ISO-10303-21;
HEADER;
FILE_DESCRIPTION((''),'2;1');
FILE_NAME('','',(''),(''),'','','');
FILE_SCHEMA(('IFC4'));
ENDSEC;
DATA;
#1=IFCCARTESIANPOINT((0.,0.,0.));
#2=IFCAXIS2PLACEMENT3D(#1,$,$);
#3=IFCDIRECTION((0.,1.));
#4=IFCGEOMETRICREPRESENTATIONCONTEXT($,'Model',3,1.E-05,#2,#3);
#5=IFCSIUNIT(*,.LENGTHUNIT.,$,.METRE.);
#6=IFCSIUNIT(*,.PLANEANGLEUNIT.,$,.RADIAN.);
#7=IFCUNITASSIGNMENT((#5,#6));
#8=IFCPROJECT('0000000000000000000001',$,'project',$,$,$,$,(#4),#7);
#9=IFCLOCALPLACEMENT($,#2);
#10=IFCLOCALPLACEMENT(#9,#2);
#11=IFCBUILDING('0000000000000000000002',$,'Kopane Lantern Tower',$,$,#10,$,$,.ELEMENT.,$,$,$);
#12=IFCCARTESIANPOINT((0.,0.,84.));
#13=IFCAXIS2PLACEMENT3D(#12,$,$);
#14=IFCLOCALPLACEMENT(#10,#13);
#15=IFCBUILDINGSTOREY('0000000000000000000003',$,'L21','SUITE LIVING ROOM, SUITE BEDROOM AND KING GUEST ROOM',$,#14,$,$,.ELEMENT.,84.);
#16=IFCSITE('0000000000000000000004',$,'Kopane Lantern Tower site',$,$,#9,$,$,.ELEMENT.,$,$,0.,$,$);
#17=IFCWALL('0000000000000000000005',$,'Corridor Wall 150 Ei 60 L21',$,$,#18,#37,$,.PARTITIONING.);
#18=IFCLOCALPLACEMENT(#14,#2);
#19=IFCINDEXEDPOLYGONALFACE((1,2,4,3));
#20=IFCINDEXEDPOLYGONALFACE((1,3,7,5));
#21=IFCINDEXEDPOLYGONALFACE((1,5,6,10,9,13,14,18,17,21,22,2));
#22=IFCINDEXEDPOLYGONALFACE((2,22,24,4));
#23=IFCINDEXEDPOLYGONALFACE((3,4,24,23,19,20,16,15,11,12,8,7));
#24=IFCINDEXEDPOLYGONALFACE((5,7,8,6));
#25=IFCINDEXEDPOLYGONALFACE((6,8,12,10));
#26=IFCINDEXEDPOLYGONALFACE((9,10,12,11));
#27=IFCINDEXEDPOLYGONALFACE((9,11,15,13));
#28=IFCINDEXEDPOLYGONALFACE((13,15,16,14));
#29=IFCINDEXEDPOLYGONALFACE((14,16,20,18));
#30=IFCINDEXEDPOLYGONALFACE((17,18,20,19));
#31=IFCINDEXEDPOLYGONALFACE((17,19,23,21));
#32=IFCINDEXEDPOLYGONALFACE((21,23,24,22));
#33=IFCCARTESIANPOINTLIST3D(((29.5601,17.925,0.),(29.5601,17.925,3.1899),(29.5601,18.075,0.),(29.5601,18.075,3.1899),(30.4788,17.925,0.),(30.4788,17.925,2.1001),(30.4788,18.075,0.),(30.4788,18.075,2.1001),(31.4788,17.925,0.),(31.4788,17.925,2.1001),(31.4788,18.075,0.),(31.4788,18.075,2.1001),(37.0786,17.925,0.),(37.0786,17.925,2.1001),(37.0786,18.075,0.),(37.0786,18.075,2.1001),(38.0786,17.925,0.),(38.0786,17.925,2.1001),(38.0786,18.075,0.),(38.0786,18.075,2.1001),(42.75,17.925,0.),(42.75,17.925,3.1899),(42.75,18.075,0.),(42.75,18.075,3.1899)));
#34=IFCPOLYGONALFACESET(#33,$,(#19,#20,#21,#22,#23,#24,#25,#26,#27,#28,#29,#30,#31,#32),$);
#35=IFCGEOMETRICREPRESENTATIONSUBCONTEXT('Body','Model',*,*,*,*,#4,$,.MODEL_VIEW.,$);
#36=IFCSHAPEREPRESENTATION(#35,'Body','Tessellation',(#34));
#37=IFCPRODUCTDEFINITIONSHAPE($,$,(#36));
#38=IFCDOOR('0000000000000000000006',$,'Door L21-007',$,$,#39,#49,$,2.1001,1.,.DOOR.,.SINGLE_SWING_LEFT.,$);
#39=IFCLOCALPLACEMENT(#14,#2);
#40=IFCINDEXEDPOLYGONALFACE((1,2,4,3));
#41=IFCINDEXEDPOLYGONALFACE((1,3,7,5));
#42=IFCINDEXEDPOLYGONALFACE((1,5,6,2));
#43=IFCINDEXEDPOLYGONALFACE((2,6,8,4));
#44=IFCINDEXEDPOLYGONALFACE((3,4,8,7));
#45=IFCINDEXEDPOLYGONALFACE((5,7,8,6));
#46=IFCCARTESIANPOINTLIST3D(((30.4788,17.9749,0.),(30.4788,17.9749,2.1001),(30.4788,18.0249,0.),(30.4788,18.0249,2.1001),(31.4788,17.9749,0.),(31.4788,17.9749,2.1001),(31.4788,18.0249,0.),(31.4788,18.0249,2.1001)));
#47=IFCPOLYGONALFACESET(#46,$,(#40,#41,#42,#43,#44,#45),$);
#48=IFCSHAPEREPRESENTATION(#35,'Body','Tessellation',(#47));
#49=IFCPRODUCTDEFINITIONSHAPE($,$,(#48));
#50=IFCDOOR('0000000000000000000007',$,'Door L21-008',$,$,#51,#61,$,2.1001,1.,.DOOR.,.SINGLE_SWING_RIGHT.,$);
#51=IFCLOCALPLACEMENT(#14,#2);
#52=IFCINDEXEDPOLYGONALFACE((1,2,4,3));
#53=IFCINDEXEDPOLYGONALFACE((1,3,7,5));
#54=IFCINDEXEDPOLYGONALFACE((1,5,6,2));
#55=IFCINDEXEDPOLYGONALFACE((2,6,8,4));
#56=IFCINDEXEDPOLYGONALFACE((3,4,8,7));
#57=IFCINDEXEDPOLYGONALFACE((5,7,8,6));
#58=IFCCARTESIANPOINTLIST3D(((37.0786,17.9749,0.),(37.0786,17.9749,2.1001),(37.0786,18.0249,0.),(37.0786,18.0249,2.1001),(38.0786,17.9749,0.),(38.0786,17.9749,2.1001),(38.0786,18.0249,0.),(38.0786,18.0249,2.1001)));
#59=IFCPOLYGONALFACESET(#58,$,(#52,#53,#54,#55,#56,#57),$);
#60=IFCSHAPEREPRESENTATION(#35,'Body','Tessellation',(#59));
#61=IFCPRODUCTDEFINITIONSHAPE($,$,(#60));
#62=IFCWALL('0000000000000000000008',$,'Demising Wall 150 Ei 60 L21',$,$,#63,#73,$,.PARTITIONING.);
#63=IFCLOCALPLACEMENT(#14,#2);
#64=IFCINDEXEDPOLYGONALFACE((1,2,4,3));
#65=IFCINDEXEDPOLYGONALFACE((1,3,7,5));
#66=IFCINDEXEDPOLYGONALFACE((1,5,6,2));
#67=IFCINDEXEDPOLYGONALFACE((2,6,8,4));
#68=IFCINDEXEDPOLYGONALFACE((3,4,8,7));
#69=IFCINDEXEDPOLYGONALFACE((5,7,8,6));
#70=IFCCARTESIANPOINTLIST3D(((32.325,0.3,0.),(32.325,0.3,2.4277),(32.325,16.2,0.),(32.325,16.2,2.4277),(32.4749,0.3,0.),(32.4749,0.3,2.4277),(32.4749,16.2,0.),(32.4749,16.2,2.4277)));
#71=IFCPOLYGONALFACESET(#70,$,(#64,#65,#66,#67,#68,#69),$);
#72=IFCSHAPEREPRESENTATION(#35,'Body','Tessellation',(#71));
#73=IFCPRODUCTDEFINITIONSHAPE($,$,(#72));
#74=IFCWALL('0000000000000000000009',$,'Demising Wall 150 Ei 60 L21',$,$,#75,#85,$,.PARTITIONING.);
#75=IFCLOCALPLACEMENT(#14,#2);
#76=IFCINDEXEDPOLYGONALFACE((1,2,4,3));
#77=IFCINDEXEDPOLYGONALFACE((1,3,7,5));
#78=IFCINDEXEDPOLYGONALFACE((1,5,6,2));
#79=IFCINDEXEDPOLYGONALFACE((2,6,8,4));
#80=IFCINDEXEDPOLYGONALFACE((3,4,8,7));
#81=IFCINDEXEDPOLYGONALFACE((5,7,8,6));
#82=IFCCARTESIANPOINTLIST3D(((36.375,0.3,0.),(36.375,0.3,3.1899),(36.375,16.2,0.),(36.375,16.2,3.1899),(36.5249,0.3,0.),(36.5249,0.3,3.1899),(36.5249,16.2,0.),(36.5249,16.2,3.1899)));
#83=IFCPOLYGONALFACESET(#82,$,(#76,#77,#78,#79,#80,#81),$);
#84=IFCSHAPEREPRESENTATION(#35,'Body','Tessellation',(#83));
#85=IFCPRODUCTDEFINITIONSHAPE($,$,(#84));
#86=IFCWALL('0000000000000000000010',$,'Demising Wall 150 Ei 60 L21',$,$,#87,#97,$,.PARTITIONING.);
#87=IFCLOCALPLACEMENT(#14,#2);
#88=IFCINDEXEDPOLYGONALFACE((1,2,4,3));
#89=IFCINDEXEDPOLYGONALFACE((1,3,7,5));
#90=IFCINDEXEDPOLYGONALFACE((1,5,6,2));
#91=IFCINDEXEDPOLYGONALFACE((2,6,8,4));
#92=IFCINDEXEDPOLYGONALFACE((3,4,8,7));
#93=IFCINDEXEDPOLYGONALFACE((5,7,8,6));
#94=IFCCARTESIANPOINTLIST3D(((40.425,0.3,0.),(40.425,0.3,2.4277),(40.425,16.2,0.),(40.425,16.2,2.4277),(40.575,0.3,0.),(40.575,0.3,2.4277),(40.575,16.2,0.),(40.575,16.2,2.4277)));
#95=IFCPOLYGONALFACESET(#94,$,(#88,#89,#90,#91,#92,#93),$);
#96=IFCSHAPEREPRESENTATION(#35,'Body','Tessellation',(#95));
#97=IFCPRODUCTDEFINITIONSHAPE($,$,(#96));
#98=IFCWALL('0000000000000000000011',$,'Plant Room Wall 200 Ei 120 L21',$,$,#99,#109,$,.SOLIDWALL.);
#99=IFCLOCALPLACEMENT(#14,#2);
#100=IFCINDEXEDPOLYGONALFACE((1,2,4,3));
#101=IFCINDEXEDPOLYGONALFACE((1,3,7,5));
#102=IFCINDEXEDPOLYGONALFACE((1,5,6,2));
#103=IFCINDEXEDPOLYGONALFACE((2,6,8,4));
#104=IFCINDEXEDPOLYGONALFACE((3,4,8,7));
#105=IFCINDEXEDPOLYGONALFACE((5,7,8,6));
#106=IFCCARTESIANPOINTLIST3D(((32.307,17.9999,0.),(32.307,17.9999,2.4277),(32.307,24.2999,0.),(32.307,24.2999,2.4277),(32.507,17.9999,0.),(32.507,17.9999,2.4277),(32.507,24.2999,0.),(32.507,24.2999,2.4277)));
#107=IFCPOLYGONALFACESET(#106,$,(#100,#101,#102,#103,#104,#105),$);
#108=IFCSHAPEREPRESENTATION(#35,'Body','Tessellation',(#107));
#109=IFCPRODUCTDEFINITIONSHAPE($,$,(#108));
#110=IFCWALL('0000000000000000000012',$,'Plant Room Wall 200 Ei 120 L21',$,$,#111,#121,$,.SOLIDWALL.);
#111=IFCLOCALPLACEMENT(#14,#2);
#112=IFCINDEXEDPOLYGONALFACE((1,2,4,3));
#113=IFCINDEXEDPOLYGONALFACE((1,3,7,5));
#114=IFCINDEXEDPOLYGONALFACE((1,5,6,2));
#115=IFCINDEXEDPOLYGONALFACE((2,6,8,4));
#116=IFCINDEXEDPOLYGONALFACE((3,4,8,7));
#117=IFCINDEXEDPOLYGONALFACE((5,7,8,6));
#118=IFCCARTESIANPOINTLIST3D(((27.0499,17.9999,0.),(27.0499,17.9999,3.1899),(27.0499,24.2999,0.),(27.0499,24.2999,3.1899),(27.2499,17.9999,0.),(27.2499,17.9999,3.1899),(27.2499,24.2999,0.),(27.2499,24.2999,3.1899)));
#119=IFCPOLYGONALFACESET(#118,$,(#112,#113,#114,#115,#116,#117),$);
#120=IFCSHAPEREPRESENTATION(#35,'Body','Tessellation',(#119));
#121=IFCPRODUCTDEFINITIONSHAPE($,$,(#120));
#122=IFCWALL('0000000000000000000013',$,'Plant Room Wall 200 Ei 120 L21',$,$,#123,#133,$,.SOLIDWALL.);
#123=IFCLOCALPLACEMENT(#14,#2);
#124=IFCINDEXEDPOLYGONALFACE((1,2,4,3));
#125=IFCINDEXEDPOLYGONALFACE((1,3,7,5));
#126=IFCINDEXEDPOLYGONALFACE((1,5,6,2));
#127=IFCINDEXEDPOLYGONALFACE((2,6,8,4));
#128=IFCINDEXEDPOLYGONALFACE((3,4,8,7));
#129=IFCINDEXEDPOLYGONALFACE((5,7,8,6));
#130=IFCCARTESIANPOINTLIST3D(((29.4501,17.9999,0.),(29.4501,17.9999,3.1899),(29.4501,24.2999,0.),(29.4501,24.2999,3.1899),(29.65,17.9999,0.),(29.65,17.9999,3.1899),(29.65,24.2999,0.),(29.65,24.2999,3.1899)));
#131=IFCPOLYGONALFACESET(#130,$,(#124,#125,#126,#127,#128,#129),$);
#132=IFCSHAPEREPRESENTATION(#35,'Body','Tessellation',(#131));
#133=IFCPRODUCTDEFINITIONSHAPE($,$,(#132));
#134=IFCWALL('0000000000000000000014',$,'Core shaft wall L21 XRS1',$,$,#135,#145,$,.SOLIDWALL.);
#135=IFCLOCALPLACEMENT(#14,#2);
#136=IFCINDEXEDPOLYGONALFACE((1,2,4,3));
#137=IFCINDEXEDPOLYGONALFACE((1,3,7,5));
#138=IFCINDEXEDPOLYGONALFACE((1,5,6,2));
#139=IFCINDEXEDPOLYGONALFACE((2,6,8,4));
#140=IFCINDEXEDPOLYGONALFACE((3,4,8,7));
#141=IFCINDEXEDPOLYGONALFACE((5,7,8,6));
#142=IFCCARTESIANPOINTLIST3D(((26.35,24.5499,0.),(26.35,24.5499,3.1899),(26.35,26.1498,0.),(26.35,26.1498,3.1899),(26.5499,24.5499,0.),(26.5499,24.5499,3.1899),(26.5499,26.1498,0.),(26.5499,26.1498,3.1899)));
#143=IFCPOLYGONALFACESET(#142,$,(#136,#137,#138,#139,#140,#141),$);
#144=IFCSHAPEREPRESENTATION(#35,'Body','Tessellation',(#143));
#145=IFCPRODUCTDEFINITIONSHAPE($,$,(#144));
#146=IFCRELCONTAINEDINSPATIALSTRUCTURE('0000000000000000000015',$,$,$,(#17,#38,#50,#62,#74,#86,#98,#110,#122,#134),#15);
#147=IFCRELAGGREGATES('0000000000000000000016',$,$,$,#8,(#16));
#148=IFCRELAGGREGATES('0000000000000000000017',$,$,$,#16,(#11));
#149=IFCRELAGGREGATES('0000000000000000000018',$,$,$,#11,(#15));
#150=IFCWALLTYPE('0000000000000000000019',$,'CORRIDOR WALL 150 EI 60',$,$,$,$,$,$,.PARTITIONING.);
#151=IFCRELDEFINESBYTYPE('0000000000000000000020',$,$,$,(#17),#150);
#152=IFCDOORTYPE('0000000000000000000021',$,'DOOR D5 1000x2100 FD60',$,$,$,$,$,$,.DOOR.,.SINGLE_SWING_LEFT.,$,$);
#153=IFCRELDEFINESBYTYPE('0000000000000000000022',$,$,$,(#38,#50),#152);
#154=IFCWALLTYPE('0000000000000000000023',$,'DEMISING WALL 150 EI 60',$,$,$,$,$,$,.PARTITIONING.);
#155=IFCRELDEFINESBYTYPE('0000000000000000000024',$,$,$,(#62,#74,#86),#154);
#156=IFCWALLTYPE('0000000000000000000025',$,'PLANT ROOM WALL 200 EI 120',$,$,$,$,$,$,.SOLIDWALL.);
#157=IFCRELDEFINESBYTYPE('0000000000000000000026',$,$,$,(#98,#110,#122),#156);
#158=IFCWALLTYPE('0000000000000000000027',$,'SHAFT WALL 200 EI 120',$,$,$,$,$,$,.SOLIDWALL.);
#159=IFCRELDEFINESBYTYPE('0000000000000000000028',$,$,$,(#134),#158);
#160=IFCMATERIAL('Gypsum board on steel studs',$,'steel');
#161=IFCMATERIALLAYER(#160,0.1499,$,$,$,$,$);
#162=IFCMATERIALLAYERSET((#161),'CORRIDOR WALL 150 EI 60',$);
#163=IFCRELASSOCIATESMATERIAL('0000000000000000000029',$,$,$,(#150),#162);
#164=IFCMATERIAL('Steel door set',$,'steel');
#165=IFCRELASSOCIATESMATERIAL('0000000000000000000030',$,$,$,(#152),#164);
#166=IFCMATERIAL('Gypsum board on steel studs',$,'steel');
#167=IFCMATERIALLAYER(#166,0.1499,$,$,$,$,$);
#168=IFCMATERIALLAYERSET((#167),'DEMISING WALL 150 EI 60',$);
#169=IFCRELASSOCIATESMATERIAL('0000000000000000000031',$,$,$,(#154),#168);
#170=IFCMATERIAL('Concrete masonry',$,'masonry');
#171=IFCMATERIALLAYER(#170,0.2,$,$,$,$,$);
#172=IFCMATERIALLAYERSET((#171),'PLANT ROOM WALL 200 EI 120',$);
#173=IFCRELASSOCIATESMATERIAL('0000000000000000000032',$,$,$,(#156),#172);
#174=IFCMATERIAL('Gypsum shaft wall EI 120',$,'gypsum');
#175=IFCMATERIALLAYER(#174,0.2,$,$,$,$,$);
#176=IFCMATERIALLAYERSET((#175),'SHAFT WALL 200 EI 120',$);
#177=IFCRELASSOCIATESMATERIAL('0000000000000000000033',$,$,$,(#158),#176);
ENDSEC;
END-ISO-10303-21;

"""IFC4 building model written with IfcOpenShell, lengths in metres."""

from ifc_helpers import new_model, si_unit, direction, frame, frame_2d, origin, place, context, subcontext, project, spatial, rectangle, extrude, material, layer, layer_set, type_object, element, fill, save


model = new_model("IFC4")

# Units and contexts
model_context = context("Model", 3, precision=1e-05, world=origin(), true_north=direction((0.0, 1.0)))
body_context = subcontext(model_context, "Body", "Model", "MODEL_VIEW")
ifc_project = project(units=[si_unit("LENGTHUNIT", "METRE"), si_unit("PLANEANGLEUNIT", "RADIAN")], contexts=[model_context])

# Site, building, storey
site_placement = place(None, origin())
site = spatial("IfcSite", under=ifc_project, at=site_placement, Name="Kopane Lantern Tower site", CompositionType="ELEMENT", RefElevation=0.0)
building_placement = place(site_placement, origin())
building = spatial("IfcBuilding", under=site, at=building_placement, Name="Kopane Lantern Tower", CompositionType="ELEMENT")
storey_placement = place(building_placement, frame((0.0, 0.0, 84.0)))
storey = spatial("IfcBuildingStorey", under=building, at=storey_placement, Name="L21", Description="SUITE LIVING ROOM, SUITE BEDROOM AND KING GUEST ROOM", CompositionType="ELEMENT", Elevation=84.0)

# Wall, openings, doors
ifc_material_1 = material(Name="Gypsum board on steel studs", Category="steel")
ifc_layer_1 = layer(ifc_material_1, 0.1499)
ifc_layer_set_1 = layer_set([ifc_layer_1], Name="CORRIDOR WALL 150 EI 60")
wall_type_1 = type_object("IfcWallType", Name="CORRIDOR WALL 150 EI 60", PredefinedType="PARTITIONING", material=ifc_layer_set_1)
wall_1_placement = place(storey_placement, frame((29.5601, 18.0, 0.0), z_axis=(0.0, 0.0, 1.0), x_axis=(1.0, 0.0, 0.0)))
wall_1 = element("IfcWall", 1, at=wall_1_placement, inside=storey, type_object=wall_type_1, Name="Corridor Wall 150 Ei 60 L21", PredefinedType="PARTITIONING", context=body_context, shape_type="SweptSolid", body=[
    extrude(rectangle(XDim=13.1899, YDim=0.1499, at=frame_2d((6.595, 0.0))), origin(), (0.0, 0.0, 1.0), 3.1899),
])
opening_1_placement = place(wall_1_placement, frame((0.9187, 0.0, 0.0)))
opening_1 = element("IfcOpeningElement", 2, at=opening_1_placement, cuts=wall_1, PredefinedType="OPENING", context=body_context, shape_type="SweptSolid", body=[
    extrude(rectangle(XDim=1.0, YDim=2.1001, at=frame_2d((0.5, 1.05))), frame((0.0, 0.085, 0.0), z_axis=(0.0, -1.0, 0.0), x_axis=(1.0, 0.0, 0.0)), (0.0, 0.0, 1.0), 0.1699),
])
opening_2_placement = place(wall_1_placement, frame((7.5186, 0.0, 0.0)))
opening_2 = element("IfcOpeningElement", 3, at=opening_2_placement, cuts=wall_1, PredefinedType="OPENING", context=body_context, shape_type="SweptSolid", body=[
    extrude(rectangle(XDim=1.0, YDim=2.1001, at=frame_2d((0.5, 1.05))), frame((0.0, 0.085, 0.0), z_axis=(0.0, -1.0, 0.0), x_axis=(1.0, 0.0, 0.0)), (0.0, 0.0, 1.0), 0.1699),
])
ifc_material_2 = material(Name="Steel door set", Category="steel")
door_type_1 = type_object("IfcDoorType", Name="DOOR D5 1000x2100 FD60", OperationType="SINGLE_SWING_LEFT", PredefinedType="DOOR", material=ifc_material_2)
door_1_placement = place(opening_1_placement, origin())
door_1 = element("IfcDoor", 4, at=door_1_placement, inside=storey, type_object=door_type_1, Name="Door L21-007", OperationType="SINGLE_SWING_LEFT", OverallHeight=2.1001, OverallWidth=1.0, PredefinedType="DOOR", context=body_context, shape_type="SweptSolid", body=[
    extrude(rectangle(XDim=1.0, YDim=2.1001, at=frame_2d((0.5, 1.05))), frame((0.0, 0.0249, 0.0), z_axis=(0.0, -1.0, 0.0), x_axis=(1.0, 0.0, 0.0)), (0.0, 0.0, 1.0), 0.05),
])
fill(opening_1, door_1)
door_2_placement = place(opening_2_placement, origin())
door_2 = element("IfcDoor", 5, at=door_2_placement, inside=storey, type_object=door_type_1, Name="Door L21-008", OperationType="SINGLE_SWING_RIGHT", OverallHeight=2.1001, OverallWidth=1.0, PredefinedType="DOOR", context=body_context, shape_type="SweptSolid", body=[
    extrude(rectangle(XDim=1.0, YDim=2.1001, at=frame_2d((0.5, 1.05))), frame((0.0, 0.0249, 0.0), z_axis=(0.0, -1.0, 0.0), x_axis=(1.0, 0.0, 0.0)), (0.0, 0.0, 1.0), 0.05),
])
fill(opening_2, door_2)

# Walls
ifc_material_3 = material(Name="Gypsum board on steel studs", Category="steel")
ifc_layer_2 = layer(ifc_material_3, 0.1499)
ifc_layer_set_2 = layer_set([ifc_layer_2], Name="DEMISING WALL 150 EI 60")
wall_type_2 = type_object("IfcWallType", Name="DEMISING WALL 150 EI 60", PredefinedType="PARTITIONING", material=ifc_layer_set_2)
wall_2_placement = place(storey_placement, frame((32.3999, 16.2, 0.0), z_axis=(0.0, 0.0, 1.0), x_axis=(0.0, -1.0, 0.0)))
element("IfcWall", 6, at=wall_2_placement, inside=storey, type_object=wall_type_2, Name="Demising Wall 150 Ei 60 L21", PredefinedType="PARTITIONING", context=body_context, shape_type="SweptSolid", body=[
    extrude(rectangle(XDim=15.8999, YDim=0.1499, at=frame_2d((7.95, 0.0))), origin(), (0.0, 0.0, 1.0), 2.4277),
])
wall_3_placement = place(storey_placement, frame((36.45, 16.2, 0.0), z_axis=(0.0, 0.0, 1.0), x_axis=(0.0, -1.0, 0.0)))
element("IfcWall", 7, at=wall_3_placement, inside=storey, type_object=wall_type_2, Name="Demising Wall 150 Ei 60 L21", PredefinedType="PARTITIONING", context=body_context, shape_type="SweptSolid", body=[
    extrude(rectangle(XDim=15.8999, YDim=0.1499, at=frame_2d((7.95, 0.0))), origin(), (0.0, 0.0, 1.0), 3.1899),
])
wall_4_placement = place(storey_placement, frame((40.5, 16.2, 0.0), z_axis=(0.0, 0.0, 1.0), x_axis=(0.0, -1.0, 0.0)))
element("IfcWall", 8, at=wall_4_placement, inside=storey, type_object=wall_type_2, Name="Demising Wall 150 Ei 60 L21", PredefinedType="PARTITIONING", context=body_context, shape_type="SweptSolid", body=[
    extrude(rectangle(XDim=15.8999, YDim=0.1499, at=frame_2d((7.95, 0.0))), origin(), (0.0, 0.0, 1.0), 2.4277),
])
ifc_material_4 = material(Name="Concrete masonry", Category="masonry")
ifc_layer_3 = layer(ifc_material_4, 0.2)
ifc_layer_set_3 = layer_set([ifc_layer_3], Name="PLANT ROOM WALL 200 EI 120")
wall_type_3 = type_object("IfcWallType", Name="PLANT ROOM WALL 200 EI 120", PredefinedType="SOLIDWALL", material=ifc_layer_set_3)
wall_5_placement = place(storey_placement, frame((32.407, 18.0, 0.0), z_axis=(0.0, 0.0, 1.0), x_axis=(0.0, 1.0, 0.0)))
element("IfcWall", 9, at=wall_5_placement, inside=storey, type_object=wall_type_3, Name="Plant Room Wall 200 Ei 120 L21", PredefinedType="SOLIDWALL", context=body_context, shape_type="SweptSolid", body=[
    extrude(rectangle(XDim=6.3, YDim=0.2, at=frame_2d((3.1499, 0.0))), origin(), (0.0, 0.0, 1.0), 2.4277),
])
for number, where, z_axis, x_axis, name in (
    (10, (27.1499, 18.0, 0.0), (0.0, 0.0, 1.0), (0.0, 1.0, 0.0), "Plant Room Wall 200 Ei 120 L21"),
    (11, (29.55, 18.0, 0.0), (0.0, 0.0, 1.0), (0.0, 1.0, 0.0), "Plant Room Wall 200 Ei 120 L21"),
):
    element("IfcWall", number, at=place(storey_placement, frame(where, z_axis=z_axis, x_axis=x_axis)), inside=storey, type_object=wall_type_3, Name=name, PredefinedType="SOLIDWALL", context=body_context, shape_type="SweptSolid", body=[
        extrude(rectangle(XDim=6.3, YDim=0.2, at=frame_2d((3.1499, 0.0))), origin(), (0.0, 0.0, 1.0), 3.1899),
    ])
ifc_material_5 = material(Name="Gypsum shaft wall EI 120", Category="gypsum")
ifc_layer_4 = layer(ifc_material_5, 0.2)
ifc_layer_set_4 = layer_set([ifc_layer_4], Name="SHAFT WALL 200 EI 120")
wall_type_4 = type_object("IfcWallType", Name="SHAFT WALL 200 EI 120", PredefinedType="SOLIDWALL", material=ifc_layer_set_4)
wall_6_placement = place(storey_placement, frame((26.45, 24.55, 0.0), z_axis=(0.0, 0.0, 1.0), x_axis=(0.0, 1.0, 0.0)))
element("IfcWall", 12, at=wall_6_placement, inside=storey, type_object=wall_type_4, Name="Core shaft wall L21 XRS1", PredefinedType="SOLIDWALL", context=body_context, shape_type="SweptSolid", body=[
    extrude(rectangle(XDim=1.5999, YDim=0.2, at=frame_2d((0.7998, 0.0))), origin(), (0.0, 0.0, 1.0), 3.1899),
])

save(model, "model.ifc")
